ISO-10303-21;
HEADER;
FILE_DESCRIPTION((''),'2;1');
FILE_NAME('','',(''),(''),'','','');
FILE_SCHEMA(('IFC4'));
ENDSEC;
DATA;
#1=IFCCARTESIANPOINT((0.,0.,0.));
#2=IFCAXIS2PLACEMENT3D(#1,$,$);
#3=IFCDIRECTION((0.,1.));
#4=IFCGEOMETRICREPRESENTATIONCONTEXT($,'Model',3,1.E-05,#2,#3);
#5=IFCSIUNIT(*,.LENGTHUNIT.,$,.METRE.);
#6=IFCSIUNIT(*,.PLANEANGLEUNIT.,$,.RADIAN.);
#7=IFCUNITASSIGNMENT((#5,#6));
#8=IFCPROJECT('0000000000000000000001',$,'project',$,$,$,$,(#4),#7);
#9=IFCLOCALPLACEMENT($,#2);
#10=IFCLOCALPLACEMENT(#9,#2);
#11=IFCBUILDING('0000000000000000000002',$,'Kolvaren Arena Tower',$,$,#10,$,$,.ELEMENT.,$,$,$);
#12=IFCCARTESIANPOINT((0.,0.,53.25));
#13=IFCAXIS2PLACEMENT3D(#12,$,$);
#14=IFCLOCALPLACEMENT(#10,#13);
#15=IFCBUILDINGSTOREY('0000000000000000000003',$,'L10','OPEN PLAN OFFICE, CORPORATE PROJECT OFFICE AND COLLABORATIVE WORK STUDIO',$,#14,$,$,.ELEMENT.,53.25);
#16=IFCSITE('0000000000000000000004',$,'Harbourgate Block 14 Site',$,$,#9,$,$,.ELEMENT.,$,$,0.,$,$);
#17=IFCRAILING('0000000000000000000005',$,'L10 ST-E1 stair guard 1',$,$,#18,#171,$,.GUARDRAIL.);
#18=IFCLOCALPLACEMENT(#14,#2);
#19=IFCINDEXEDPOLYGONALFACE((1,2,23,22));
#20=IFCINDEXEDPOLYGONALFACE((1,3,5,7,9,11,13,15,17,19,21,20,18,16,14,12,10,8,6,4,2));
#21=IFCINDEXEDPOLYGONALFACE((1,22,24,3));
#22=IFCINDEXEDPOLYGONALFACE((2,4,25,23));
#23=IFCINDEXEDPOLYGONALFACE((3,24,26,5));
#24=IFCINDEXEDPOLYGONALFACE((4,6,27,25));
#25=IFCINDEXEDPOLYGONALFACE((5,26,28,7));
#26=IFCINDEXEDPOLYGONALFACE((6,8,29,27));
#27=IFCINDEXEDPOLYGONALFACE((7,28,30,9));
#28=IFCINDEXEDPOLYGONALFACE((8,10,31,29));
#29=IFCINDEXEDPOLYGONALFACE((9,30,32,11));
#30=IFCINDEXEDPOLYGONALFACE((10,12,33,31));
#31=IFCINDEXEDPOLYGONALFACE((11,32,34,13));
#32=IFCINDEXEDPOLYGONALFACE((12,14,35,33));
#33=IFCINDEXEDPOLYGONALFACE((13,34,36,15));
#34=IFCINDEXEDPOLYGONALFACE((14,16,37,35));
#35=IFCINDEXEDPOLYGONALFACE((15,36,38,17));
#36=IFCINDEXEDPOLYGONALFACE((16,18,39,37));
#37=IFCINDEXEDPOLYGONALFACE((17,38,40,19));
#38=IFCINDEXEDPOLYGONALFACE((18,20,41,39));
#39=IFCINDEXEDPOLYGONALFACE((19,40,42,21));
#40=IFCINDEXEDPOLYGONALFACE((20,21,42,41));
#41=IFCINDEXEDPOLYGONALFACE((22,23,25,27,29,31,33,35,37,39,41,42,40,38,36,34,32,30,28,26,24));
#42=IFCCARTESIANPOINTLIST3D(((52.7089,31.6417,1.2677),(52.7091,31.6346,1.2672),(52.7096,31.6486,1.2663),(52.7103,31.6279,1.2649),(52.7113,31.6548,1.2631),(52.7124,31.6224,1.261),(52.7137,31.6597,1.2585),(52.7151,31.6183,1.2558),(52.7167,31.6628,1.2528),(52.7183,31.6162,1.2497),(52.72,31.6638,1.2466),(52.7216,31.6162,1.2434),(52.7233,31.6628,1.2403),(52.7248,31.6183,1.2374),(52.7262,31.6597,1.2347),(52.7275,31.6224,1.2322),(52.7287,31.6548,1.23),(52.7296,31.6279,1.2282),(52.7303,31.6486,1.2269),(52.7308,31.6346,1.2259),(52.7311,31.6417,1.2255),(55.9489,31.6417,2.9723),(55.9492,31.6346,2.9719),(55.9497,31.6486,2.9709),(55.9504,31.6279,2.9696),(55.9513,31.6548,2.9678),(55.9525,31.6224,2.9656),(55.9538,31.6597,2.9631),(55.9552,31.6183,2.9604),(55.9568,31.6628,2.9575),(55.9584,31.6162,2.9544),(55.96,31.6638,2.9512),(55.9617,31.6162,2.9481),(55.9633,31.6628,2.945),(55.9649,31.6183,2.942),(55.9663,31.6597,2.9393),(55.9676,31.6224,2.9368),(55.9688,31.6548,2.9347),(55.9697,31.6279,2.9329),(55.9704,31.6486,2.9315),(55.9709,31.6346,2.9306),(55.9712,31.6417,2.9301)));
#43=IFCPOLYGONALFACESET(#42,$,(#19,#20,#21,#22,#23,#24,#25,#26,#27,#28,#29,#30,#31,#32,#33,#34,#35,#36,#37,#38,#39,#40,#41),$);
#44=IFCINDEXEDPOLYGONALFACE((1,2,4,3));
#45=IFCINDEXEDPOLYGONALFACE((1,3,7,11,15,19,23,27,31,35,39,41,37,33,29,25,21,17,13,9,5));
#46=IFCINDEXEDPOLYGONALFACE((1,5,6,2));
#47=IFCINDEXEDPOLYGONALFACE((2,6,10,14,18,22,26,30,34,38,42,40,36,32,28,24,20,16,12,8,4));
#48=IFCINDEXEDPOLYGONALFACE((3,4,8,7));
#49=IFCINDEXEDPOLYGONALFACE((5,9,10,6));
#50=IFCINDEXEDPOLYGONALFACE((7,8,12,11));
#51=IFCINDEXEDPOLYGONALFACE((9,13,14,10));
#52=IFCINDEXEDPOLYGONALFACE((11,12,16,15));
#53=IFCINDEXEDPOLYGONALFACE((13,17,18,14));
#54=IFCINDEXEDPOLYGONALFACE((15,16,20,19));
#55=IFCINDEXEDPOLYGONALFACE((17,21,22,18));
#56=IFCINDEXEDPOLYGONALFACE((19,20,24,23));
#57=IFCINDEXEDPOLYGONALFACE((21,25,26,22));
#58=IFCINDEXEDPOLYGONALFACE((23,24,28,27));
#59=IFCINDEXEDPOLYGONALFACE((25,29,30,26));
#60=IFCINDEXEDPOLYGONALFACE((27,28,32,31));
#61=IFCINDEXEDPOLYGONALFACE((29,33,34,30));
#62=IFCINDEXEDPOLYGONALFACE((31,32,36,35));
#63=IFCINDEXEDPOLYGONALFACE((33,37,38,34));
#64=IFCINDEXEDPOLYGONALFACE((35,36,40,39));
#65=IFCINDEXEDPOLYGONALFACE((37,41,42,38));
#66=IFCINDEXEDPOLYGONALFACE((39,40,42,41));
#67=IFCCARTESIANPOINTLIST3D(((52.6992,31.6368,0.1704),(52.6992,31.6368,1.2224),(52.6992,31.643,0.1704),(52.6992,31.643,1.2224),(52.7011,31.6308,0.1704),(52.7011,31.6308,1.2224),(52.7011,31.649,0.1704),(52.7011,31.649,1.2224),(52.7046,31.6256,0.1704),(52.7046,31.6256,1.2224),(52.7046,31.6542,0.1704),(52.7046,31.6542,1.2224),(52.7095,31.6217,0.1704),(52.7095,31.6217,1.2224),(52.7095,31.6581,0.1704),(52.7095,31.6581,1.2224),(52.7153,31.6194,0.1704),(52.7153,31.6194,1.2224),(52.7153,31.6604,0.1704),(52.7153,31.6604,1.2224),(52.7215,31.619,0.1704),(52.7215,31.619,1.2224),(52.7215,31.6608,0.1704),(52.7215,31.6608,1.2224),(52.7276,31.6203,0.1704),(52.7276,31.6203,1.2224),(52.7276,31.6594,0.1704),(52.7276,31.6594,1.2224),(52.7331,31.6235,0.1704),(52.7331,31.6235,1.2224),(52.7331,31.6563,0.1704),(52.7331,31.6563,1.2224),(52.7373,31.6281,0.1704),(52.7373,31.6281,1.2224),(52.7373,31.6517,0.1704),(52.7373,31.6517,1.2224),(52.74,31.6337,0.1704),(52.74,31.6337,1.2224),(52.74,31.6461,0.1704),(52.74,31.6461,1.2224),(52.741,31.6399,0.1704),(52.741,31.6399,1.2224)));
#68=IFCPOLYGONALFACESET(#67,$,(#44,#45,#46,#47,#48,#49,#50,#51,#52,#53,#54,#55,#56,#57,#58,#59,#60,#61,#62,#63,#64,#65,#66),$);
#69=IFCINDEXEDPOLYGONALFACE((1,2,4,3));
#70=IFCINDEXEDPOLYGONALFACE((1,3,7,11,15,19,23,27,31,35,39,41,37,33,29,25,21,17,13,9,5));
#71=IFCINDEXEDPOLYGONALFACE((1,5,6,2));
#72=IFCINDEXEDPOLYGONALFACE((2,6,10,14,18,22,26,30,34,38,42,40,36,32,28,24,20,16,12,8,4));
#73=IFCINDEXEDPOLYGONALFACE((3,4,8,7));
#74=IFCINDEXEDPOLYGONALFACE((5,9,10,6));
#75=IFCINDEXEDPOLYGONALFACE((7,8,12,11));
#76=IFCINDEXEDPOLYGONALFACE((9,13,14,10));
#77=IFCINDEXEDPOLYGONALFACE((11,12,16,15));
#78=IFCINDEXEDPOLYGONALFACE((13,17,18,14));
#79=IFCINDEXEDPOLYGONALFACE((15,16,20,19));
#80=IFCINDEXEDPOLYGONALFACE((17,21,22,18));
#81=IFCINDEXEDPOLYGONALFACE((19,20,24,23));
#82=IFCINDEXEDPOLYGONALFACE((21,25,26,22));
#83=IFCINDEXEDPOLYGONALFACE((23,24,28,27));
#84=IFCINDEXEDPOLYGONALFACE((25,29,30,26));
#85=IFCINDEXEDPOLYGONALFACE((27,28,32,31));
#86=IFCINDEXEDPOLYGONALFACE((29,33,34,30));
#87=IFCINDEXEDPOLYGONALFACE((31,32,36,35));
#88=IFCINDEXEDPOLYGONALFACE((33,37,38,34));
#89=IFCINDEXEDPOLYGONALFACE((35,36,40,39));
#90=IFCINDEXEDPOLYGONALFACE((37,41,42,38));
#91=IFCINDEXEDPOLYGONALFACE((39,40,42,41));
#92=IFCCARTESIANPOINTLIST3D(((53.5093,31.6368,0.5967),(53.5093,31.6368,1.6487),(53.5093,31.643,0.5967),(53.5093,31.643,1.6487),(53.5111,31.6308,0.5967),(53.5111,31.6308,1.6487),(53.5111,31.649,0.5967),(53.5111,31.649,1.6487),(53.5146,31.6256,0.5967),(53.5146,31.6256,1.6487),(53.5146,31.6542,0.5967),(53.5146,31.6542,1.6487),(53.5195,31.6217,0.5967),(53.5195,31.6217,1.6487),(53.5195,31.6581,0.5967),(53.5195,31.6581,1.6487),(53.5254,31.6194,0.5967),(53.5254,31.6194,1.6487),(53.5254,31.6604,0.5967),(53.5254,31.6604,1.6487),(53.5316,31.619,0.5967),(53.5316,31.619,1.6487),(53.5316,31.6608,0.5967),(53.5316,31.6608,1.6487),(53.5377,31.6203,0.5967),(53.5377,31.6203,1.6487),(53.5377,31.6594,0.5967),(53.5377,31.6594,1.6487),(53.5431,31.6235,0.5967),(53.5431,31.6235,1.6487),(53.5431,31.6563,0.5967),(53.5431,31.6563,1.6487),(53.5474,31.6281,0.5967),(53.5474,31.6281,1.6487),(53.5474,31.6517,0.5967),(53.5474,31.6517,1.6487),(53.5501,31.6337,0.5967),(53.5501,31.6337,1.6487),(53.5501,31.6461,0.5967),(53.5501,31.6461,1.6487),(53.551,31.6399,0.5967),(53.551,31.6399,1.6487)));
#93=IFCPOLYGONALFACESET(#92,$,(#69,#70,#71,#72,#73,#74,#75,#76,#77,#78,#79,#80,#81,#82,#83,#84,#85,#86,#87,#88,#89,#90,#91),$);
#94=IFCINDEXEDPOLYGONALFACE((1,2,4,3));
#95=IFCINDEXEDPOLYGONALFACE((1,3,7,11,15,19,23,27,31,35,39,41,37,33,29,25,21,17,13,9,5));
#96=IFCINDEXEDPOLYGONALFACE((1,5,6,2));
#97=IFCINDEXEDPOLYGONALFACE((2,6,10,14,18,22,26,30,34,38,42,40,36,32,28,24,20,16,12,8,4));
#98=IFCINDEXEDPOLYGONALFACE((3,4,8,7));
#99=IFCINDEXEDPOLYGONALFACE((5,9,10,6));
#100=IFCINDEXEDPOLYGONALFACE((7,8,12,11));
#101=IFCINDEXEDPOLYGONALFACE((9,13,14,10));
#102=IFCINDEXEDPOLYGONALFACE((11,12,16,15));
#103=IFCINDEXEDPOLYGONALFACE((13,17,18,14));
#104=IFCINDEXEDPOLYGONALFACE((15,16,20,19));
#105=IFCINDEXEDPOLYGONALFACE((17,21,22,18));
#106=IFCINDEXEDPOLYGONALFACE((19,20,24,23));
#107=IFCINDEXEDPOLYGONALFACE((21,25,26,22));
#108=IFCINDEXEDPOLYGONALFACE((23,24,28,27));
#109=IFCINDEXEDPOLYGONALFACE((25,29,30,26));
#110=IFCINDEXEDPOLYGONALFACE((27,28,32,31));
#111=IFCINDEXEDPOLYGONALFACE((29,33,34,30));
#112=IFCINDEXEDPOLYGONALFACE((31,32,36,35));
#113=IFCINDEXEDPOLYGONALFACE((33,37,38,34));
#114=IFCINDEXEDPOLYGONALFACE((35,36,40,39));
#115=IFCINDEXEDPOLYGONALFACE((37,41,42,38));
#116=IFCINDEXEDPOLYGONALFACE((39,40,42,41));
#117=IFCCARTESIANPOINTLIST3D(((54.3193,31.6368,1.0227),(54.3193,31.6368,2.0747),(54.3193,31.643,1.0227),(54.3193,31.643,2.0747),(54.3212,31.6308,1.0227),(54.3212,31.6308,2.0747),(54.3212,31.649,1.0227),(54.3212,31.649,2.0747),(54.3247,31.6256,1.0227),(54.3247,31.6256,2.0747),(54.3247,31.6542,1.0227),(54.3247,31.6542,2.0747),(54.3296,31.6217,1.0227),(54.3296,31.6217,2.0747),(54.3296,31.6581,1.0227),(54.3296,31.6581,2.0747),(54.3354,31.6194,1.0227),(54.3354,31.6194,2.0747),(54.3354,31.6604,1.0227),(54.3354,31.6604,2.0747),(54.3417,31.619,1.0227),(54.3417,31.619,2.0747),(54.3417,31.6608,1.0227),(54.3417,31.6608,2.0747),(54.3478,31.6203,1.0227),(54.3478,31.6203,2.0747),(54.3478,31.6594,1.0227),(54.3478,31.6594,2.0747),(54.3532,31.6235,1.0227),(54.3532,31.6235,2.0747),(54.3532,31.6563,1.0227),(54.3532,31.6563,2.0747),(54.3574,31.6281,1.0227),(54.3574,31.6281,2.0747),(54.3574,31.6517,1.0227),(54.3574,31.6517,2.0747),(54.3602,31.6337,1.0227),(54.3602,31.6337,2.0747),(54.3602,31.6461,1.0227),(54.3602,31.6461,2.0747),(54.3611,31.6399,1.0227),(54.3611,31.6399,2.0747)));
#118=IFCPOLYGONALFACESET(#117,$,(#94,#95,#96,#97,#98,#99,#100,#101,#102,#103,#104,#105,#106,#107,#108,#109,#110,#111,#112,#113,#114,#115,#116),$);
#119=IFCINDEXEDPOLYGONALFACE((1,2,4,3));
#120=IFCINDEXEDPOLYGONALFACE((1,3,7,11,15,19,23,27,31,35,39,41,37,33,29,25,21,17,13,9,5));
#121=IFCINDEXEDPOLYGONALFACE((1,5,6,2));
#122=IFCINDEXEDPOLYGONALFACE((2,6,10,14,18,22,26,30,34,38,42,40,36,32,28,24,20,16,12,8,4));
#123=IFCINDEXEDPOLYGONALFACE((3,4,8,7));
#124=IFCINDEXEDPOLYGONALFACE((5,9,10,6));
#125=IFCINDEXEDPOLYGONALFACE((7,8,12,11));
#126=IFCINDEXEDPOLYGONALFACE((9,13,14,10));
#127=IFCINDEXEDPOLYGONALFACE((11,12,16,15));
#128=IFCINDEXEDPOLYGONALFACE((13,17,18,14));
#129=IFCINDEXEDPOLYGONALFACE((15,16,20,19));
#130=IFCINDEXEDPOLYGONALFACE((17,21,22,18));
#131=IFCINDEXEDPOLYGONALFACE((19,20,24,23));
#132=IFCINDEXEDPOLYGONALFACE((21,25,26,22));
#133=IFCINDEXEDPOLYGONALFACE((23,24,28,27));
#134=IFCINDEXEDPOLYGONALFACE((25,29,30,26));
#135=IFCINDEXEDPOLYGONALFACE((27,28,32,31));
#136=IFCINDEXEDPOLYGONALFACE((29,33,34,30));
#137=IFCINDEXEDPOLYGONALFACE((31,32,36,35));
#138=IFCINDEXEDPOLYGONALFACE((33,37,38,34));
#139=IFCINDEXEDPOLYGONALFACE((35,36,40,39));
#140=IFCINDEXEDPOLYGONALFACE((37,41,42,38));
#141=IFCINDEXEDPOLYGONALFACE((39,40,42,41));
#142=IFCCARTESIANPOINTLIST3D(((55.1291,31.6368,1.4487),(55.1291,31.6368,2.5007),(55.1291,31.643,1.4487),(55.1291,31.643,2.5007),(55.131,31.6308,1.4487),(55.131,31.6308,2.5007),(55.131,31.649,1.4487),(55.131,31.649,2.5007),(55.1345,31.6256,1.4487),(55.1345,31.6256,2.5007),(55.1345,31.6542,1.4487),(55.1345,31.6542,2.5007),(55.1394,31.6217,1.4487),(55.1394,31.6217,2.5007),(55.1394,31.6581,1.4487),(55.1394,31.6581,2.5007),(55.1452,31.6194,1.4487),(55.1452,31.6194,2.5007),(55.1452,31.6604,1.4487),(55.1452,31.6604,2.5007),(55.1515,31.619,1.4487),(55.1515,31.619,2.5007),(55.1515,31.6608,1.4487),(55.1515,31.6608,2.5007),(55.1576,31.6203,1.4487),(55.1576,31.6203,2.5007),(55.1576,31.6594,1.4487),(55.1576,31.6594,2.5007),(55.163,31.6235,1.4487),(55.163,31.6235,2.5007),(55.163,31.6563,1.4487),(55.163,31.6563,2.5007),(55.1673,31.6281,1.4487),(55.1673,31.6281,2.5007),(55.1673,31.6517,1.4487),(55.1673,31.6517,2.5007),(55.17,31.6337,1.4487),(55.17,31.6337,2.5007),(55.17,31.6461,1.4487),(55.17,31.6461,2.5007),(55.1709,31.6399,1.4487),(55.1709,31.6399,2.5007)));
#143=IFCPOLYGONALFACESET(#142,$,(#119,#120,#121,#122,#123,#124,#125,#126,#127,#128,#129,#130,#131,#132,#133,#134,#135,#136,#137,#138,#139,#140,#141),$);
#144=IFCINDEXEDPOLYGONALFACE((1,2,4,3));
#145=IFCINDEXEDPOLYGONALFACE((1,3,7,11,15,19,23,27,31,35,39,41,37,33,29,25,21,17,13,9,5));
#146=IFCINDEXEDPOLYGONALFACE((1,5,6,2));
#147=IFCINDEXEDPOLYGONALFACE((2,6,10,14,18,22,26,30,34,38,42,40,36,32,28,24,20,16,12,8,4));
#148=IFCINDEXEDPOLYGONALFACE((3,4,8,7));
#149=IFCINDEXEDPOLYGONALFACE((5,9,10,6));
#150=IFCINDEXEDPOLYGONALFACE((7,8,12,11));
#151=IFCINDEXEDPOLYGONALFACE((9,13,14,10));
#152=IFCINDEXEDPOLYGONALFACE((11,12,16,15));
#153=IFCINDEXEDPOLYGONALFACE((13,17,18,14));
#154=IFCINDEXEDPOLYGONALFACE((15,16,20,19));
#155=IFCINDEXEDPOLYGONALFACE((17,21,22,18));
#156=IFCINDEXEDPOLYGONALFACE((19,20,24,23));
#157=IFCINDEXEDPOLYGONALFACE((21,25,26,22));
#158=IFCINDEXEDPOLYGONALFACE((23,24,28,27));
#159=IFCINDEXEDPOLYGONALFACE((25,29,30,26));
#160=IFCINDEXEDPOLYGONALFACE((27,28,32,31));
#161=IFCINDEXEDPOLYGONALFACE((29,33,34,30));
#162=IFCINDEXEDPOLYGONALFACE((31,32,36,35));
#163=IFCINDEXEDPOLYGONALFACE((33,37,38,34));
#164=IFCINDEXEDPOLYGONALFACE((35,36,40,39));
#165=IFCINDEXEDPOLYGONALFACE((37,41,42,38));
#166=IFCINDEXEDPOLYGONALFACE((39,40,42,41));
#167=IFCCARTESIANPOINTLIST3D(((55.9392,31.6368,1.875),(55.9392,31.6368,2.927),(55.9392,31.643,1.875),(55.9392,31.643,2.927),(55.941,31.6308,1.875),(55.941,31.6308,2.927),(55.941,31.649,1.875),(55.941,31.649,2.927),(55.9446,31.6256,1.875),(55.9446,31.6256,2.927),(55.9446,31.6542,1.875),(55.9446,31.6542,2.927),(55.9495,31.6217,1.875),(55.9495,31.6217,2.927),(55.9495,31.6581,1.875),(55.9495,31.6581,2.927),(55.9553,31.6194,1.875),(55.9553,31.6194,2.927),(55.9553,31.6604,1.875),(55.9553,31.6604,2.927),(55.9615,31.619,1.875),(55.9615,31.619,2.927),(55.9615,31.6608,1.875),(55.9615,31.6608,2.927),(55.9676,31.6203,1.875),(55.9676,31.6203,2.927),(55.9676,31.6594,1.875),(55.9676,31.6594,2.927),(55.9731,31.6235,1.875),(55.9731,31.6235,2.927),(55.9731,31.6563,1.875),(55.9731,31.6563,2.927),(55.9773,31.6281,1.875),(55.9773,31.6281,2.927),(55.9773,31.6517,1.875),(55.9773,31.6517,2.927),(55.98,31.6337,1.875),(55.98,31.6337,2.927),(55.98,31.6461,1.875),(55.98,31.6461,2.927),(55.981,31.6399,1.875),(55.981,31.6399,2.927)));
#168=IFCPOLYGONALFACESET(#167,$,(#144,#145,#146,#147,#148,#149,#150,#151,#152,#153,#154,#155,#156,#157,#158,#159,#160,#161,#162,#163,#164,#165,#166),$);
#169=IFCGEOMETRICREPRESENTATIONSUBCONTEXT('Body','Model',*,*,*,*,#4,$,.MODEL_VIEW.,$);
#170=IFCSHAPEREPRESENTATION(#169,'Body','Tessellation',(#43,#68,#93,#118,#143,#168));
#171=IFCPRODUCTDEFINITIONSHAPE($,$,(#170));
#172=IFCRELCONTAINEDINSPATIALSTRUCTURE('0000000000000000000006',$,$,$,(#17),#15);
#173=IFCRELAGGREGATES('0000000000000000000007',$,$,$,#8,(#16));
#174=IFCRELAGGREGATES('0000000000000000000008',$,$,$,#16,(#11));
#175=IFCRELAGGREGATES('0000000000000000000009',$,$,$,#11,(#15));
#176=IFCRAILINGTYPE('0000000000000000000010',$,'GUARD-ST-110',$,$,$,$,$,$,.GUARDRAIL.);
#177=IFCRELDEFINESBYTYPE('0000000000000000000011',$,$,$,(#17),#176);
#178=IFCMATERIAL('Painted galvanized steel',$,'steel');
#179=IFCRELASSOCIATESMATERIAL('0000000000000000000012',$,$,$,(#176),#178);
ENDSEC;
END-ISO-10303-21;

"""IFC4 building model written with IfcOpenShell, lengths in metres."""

from ifc_helpers import new_model, si_unit, direction, frame, origin, origin_2d, place, context, subcontext, project, spatial, circle, extrude, material, type_object, element, save


model = new_model("IFC4")

# Units and contexts
model_context = context("Model", 3, precision=1e-05, world=origin(), true_north=direction((0.0, 1.0)))
body_context = subcontext(model_context, "Body", "Model", "MODEL_VIEW")
ifc_project = project(units=[si_unit("LENGTHUNIT", "METRE"), si_unit("PLANEANGLEUNIT", "RADIAN")], contexts=[model_context])

# Site, building, storey
site_placement = place(None, origin())
site = spatial("IfcSite", under=ifc_project, at=site_placement, Name="Harbourgate Block 14 Site", CompositionType="ELEMENT", RefElevation=0.0)
building_placement = place(site_placement, origin())
building = spatial("IfcBuilding", under=site, at=building_placement, Name="Kolvaren Arena Tower", CompositionType="ELEMENT")
storey_placement = place(building_placement, frame((0.0, 0.0, 53.25)))
storey = spatial("IfcBuildingStorey", under=building, at=storey_placement, Name="L10", Description="OPEN PLAN OFFICE, CORPORATE PROJECT OFFICE AND COLLABORATIVE WORK STUDIO", CompositionType="ELEMENT", Elevation=53.25)

# Railing
ifc_material_1 = material(Name="Painted galvanized steel", Category="steel")
railing_type_1 = type_object("IfcRailingType", Name="GUARD-ST-110", PredefinedType="GUARDRAIL", material=ifc_material_1)
railing_1_placement = place(storey_placement, frame((52.72, 31.6399, 0.1704)))
element("IfcRailing", 1, at=railing_1_placement, inside=storey, type_object=railing_type_1, Name="L10 ST-E1 stair guard 1", PredefinedType="GUARDRAIL", context=body_context, shape_type="SweptSolid", body=[
    extrude(circle(Radius=0.0239, at=origin_2d()), frame((0.0, 0.0, 1.0762), z_axis=(0.884993, 0.0, 0.465604), x_axis=(0.0, 1.0, 0.0)), (0.0, 0.0, 1.0), 3.6611),
    extrude(circle(Radius=0.021, at=origin_2d()), origin(), (0.0, 0.0, 1.0), 1.052),
    extrude(circle(Radius=0.021, at=origin_2d()), frame((0.8101, 0.0, 0.4263)), (0.0, 0.0, 1.0), 1.052),
    extrude(circle(Radius=0.021, at=origin_2d()), frame((1.6201, 0.0, 0.8523)), (0.0, 0.0, 1.0), 1.052),
    extrude(circle(Radius=0.021, at=origin_2d()), frame((2.4299, 0.0, 1.2783)), (0.0, 0.0, 1.0), 1.052),
    extrude(circle(Radius=0.021, at=origin_2d()), frame((3.24, 0.0, 1.7046)), (0.0, 0.0, 1.0), 1.052),
])

save(model, "model.ifc")
